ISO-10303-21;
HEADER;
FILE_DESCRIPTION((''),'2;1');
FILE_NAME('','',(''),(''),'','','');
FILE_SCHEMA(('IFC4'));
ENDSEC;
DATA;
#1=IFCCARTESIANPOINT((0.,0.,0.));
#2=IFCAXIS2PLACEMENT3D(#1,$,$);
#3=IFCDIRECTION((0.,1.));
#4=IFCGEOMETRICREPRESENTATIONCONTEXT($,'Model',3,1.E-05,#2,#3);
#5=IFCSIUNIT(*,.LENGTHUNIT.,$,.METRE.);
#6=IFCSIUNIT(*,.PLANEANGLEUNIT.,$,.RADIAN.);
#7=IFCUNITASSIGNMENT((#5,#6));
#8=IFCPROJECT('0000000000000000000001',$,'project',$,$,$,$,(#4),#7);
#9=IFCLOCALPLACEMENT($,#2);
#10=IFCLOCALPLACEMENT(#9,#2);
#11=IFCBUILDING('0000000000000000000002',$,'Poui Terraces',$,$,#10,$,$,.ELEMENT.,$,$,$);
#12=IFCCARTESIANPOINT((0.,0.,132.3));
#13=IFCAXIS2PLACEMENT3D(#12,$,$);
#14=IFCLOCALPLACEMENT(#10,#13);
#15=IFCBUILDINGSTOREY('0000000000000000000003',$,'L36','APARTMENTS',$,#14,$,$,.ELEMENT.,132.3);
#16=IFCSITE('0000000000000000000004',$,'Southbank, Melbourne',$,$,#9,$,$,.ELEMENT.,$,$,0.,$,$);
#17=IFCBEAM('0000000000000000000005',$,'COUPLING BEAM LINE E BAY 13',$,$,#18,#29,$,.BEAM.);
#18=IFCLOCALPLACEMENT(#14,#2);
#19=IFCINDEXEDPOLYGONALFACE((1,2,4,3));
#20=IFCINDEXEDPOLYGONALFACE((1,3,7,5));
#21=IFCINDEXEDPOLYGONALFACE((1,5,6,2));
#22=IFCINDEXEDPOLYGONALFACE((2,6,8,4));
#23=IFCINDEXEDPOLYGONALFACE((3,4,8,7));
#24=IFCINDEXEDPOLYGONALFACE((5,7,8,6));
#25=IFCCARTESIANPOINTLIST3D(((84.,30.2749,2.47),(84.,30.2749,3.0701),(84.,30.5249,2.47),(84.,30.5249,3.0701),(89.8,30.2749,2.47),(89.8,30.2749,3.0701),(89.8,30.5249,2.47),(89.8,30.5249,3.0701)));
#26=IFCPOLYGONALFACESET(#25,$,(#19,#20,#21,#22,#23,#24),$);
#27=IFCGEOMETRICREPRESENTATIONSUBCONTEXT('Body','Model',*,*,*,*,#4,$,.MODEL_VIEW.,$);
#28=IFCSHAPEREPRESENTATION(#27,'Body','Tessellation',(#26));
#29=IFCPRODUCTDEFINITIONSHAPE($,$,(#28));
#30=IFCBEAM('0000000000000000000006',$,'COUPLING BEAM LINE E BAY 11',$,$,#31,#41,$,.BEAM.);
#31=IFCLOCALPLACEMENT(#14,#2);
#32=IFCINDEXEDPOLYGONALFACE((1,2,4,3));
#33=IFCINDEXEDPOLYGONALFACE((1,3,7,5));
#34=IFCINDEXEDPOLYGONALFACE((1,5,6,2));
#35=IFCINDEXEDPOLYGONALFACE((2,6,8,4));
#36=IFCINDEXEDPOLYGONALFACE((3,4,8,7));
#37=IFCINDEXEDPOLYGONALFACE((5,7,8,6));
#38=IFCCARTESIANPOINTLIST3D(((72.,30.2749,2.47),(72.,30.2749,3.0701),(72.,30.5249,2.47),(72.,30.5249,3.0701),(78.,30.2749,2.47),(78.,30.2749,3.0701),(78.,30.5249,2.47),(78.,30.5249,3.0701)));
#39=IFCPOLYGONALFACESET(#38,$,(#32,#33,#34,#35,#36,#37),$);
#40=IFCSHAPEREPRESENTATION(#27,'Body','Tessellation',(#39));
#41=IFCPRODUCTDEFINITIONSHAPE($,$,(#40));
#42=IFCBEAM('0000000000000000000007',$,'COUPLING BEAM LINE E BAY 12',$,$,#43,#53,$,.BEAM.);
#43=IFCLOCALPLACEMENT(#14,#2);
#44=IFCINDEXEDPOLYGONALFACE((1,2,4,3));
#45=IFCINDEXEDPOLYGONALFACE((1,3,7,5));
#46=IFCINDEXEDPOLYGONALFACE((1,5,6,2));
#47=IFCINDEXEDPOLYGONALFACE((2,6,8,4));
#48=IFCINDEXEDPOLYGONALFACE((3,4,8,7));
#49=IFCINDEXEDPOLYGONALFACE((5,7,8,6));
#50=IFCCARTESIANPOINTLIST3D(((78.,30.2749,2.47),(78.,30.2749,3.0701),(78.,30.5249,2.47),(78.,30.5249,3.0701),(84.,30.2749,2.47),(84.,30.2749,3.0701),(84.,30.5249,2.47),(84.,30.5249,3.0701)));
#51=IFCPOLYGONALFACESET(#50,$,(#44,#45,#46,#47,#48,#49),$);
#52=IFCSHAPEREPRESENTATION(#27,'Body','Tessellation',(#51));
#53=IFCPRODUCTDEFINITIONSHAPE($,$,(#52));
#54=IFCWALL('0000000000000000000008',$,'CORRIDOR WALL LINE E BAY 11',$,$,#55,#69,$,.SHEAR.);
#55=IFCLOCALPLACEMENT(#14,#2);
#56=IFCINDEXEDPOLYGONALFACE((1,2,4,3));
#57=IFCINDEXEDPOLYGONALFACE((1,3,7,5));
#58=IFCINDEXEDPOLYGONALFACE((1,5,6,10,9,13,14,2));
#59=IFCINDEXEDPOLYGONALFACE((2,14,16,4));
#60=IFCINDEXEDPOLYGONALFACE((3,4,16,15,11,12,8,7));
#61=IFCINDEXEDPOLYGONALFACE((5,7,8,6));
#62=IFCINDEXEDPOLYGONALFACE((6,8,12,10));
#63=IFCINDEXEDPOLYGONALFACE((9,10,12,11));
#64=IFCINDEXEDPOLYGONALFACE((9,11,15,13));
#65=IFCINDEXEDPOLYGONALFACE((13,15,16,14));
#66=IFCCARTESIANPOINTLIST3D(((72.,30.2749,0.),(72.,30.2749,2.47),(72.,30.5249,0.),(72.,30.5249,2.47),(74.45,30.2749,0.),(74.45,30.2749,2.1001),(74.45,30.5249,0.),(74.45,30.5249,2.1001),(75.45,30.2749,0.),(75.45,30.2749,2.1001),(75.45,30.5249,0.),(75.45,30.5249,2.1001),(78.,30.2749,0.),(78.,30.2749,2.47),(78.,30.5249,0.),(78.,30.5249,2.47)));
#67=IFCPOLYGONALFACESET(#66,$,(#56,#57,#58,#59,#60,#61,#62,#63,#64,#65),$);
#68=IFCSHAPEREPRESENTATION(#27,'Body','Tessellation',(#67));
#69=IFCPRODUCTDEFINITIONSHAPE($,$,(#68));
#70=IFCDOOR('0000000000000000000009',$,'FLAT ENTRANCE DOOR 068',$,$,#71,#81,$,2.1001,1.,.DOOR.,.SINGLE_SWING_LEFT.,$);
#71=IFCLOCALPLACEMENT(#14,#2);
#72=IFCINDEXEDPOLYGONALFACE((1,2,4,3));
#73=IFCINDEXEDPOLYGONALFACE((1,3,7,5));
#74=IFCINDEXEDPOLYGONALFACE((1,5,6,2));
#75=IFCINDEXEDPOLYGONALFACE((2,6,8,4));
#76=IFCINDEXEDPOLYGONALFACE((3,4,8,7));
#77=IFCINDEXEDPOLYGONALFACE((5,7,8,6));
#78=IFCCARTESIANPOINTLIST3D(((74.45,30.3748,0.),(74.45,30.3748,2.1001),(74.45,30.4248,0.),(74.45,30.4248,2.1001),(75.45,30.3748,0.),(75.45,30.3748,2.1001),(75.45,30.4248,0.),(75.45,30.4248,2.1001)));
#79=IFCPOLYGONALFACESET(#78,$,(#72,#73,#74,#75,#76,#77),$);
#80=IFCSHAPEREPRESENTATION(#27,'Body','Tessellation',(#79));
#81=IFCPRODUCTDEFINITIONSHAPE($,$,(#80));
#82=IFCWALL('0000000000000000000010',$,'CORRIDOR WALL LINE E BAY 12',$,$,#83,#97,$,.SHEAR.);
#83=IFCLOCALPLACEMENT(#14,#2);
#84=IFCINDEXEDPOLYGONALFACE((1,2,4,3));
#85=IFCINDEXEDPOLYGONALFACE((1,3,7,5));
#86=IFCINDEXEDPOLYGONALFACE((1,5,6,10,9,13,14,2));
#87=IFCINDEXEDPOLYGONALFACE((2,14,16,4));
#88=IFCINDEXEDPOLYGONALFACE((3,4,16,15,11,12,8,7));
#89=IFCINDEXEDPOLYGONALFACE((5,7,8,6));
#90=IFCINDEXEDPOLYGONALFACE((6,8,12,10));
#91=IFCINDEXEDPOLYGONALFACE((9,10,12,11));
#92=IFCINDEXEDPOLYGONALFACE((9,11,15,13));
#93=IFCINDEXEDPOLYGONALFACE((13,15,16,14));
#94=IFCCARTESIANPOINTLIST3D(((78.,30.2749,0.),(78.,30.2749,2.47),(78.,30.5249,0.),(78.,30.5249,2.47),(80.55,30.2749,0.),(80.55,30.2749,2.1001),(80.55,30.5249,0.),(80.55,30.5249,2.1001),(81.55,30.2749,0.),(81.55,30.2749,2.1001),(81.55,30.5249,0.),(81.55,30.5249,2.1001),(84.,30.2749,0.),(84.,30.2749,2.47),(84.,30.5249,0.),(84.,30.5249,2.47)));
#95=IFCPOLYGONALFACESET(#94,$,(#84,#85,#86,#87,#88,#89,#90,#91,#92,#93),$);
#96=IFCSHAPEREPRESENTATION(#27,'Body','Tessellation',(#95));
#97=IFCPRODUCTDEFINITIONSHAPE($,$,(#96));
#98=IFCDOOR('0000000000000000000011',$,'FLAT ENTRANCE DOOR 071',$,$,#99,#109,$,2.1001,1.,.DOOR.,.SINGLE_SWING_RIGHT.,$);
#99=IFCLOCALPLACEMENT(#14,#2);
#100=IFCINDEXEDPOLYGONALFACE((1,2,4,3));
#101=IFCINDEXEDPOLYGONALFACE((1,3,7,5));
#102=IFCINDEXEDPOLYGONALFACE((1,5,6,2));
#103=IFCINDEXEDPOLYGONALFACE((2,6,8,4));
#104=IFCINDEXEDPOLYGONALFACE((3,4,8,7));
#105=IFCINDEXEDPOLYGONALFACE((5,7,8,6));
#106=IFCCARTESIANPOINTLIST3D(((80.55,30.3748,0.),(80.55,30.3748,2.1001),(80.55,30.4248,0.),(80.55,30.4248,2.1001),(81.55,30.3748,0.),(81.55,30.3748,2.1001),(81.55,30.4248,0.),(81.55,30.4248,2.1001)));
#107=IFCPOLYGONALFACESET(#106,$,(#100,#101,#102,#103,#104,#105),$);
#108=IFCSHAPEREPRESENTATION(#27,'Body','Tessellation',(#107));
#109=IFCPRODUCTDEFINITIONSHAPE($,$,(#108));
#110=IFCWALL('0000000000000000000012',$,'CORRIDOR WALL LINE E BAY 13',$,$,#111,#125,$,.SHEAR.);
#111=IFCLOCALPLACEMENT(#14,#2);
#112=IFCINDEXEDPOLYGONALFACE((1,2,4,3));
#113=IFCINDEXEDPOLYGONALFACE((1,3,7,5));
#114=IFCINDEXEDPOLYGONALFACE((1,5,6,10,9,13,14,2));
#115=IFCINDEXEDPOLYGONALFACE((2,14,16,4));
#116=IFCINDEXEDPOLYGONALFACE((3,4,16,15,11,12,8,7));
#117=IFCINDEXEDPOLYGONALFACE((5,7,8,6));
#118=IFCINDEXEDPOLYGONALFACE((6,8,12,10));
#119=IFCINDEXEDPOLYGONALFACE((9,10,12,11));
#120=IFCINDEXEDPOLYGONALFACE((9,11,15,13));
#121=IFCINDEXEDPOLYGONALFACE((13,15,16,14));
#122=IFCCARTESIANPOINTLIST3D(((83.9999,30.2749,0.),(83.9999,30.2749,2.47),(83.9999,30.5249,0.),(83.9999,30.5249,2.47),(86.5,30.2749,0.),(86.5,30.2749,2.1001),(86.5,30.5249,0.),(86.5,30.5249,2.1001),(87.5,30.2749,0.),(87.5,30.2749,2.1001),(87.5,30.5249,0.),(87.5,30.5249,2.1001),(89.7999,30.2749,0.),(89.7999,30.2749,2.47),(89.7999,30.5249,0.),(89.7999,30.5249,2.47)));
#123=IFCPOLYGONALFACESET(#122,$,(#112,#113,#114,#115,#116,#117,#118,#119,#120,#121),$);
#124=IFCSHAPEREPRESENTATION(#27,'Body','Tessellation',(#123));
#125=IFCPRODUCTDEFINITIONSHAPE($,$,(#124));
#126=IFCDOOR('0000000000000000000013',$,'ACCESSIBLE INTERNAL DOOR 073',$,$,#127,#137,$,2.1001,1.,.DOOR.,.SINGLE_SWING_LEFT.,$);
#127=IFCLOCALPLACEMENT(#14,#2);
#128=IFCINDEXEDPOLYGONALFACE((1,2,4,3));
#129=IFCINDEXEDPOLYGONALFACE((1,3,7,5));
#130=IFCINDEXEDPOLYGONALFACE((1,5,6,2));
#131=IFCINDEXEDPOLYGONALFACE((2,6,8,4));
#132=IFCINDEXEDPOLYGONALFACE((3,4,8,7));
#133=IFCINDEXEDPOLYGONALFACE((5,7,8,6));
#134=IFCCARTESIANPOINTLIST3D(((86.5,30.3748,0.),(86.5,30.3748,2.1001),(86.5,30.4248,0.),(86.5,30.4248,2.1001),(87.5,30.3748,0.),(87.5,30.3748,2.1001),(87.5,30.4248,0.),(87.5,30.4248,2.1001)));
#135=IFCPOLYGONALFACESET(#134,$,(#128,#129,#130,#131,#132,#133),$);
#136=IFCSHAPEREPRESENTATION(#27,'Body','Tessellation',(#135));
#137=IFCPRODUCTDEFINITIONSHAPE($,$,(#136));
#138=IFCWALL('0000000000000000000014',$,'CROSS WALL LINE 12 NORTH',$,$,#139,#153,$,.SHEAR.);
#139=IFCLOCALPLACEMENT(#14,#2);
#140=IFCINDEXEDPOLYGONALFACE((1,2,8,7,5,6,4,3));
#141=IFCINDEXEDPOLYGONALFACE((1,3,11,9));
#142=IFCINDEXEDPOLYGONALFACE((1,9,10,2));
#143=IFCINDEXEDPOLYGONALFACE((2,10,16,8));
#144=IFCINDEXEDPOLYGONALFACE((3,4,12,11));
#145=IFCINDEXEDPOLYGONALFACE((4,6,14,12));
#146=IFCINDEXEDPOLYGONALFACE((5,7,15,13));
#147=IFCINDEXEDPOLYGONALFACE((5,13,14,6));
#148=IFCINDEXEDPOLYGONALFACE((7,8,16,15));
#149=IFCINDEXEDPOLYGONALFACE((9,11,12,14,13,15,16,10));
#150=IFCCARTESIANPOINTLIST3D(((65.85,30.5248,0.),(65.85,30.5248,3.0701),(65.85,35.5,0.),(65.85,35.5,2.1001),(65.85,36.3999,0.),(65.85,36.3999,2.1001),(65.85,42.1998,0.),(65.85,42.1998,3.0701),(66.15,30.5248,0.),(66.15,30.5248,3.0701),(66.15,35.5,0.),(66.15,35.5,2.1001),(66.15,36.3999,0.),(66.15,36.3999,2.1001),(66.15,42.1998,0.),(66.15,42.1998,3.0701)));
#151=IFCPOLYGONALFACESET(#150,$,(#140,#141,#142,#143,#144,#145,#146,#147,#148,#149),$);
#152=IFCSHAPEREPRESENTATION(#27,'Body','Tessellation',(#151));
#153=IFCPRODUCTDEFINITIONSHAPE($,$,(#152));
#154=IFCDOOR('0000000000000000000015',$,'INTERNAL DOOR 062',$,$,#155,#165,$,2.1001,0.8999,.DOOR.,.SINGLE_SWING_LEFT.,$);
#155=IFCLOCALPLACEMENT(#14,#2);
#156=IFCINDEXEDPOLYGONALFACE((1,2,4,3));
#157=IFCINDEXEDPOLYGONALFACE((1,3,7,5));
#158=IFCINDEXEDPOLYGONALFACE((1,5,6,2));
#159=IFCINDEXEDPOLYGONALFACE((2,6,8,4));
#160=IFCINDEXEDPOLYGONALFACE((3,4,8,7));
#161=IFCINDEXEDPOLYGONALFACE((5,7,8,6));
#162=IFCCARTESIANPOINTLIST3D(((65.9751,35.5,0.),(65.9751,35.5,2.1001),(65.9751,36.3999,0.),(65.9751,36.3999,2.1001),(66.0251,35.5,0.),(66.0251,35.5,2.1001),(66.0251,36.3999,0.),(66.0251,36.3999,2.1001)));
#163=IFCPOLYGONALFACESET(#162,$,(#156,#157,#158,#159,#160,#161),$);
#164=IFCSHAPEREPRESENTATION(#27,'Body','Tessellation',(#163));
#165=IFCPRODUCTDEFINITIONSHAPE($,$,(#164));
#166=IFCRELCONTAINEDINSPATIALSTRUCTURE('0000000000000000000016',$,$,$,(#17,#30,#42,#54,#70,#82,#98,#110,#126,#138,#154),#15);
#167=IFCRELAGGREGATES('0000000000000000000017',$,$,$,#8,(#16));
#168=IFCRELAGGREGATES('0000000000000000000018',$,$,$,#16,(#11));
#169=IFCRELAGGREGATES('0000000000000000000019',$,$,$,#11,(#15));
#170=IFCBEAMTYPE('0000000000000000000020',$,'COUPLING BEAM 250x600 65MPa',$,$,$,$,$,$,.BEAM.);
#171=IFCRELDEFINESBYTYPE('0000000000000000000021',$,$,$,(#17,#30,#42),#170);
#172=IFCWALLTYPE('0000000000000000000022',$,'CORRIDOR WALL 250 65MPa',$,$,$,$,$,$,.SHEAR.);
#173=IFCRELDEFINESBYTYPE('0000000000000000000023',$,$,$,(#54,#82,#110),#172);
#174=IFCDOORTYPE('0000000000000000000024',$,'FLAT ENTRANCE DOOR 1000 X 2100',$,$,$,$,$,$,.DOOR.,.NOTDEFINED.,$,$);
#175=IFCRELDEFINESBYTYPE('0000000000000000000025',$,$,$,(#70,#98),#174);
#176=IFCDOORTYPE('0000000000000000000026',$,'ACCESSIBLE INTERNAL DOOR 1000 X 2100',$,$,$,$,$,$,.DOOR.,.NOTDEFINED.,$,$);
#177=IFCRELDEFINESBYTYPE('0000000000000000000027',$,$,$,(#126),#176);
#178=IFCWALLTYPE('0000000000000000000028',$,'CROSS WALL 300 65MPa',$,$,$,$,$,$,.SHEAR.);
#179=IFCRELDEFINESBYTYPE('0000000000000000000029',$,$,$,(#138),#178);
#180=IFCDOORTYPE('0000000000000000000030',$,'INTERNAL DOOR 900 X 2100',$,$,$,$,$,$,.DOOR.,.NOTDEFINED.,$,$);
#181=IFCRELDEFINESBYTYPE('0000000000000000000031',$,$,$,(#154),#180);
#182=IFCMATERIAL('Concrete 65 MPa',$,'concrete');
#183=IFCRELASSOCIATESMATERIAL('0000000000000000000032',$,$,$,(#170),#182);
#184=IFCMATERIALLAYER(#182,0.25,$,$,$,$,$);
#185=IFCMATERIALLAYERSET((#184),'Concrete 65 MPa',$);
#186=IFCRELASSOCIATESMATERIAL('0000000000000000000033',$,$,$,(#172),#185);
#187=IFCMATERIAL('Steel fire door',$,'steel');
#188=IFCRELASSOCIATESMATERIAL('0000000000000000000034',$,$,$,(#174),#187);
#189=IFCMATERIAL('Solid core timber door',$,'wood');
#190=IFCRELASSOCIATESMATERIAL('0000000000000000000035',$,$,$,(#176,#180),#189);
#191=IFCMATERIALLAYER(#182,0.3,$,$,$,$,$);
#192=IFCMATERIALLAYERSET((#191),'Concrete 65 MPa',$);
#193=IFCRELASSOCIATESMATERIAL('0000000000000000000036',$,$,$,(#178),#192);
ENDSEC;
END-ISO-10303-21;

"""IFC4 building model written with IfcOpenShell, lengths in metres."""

from ifc_helpers import new_model, si_unit, direction, frame, frame_2d, origin, origin_2d, place, context, subcontext, project, spatial, rectangle, extrude, source, transform, mapped, material, layer, layer_set, material_profile, profile_set, type_object, element, fill, save


model = new_model("IFC4")

# Units and contexts
model_context = context("Model", 3, precision=1e-05, world=origin(), true_north=direction((0.0, 1.0)))
body_context = subcontext(model_context, "Body", "Model", "MODEL_VIEW")
ifc_project = project(units=[si_unit("LENGTHUNIT", "METRE"), si_unit("PLANEANGLEUNIT", "RADIAN")], contexts=[model_context])

# Site, building, storey
site_placement = place(None, origin())
site = spatial("IfcSite", under=ifc_project, at=site_placement, Name="Southbank, Melbourne", CompositionType="ELEMENT", RefElevation=0.0)
building_placement = place(site_placement, origin())
building = spatial("IfcBuilding", under=site, at=building_placement, Name="Poui Terraces", CompositionType="ELEMENT")
storey_placement = place(building_placement, frame((0.0, 0.0, 132.3)))
storey = spatial("IfcBuildingStorey", under=building, at=storey_placement, Name="L36", Description="APARTMENTS", CompositionType="ELEMENT", Elevation=132.3)

# Beams
ifc_material_1 = material(Name="Concrete 65 MPa", Category="concrete")
ifc_material_profile = material_profile(ifc_material_1, rectangle(XDim=0.25, YDim=0.6001, at=origin_2d()), Name="RC 250x600")
ifc_profile_set = profile_set([ifc_material_profile], Name="Concrete 65 MPa")
beam_type = type_object("IfcBeamType", Name="COUPLING BEAM 250x600 65MPa", PredefinedType="BEAM", material=ifc_profile_set)
shared_shape_1 = source(origin(), body_context, "Body", "SweptSolid", [
    extrude(rectangle(XDim=0.25, YDim=0.6001, at=origin_2d()), origin(), (0.0, 0.0, 1.0), 5.8),
])
beam_placement = place(storey_placement, frame((84.0, 30.3999, 2.77), z_axis=(1.0, 0.0, 0.0), x_axis=(0.0, 1.0, 0.0)))
element("IfcBeam", 1, at=beam_placement, inside=storey, type_object=beam_type, Name="COUPLING BEAM LINE E BAY 13", PredefinedType="BEAM", context=body_context, shape_type="MappedRepresentation", body=[
    mapped(shared_shape_1, transform((0.0, 0.0, 0.0))),
])
shared_shape_2 = source(origin(), body_context, "Body", "SweptSolid", [
    extrude(rectangle(XDim=0.25, YDim=0.6001, at=origin_2d()), origin(), (0.0, 0.0, 1.0), 6.0),
])
for number, where, z_axis, x_axis, name in (
    (2, (72.0, 30.3999, 2.77), (1.0, 0.0, 0.0), (0.0, 1.0, 0.0), "COUPLING BEAM LINE E BAY 11"),
    (3, (78.0, 30.3999, 2.77), (1.0, 0.0, 0.0), (0.0, 1.0, 0.0), "COUPLING BEAM LINE E BAY 12"),
):
    element("IfcBeam", number, at=place(storey_placement, frame(where, z_axis=z_axis, x_axis=x_axis)), inside=storey, type_object=beam_type, Name=name, PredefinedType="BEAM", context=body_context, shape_type="MappedRepresentation", body=[
        mapped(shared_shape_2, transform((0.0, 0.0, 0.0))),
    ])

# Walls, openings, doors
ifc_layer_1 = layer(ifc_material_1, 0.25)
ifc_layer_set_1 = layer_set([ifc_layer_1], Name="Concrete 65 MPa")
wall_type_1 = type_object("IfcWallType", Name="CORRIDOR WALL 250 65MPa", PredefinedType="SHEAR", material=ifc_layer_set_1)
wall_1_placement = place(storey_placement, frame((72.0, 30.3999, 0.0), z_axis=(0.0, 0.0, 1.0), x_axis=(1.0, 0.0, 0.0)))
wall_1 = element("IfcWall", 4, at=wall_1_placement, inside=storey, type_object=wall_type_1, Name="CORRIDOR WALL LINE E BAY 11", PredefinedType="SHEAR", context=body_context, shape_type="SweptSolid", body=[
    extrude(rectangle(XDim=6.0, YDim=0.25, at=frame_2d((3.0, 0.0))), origin(), (0.0, 0.0, 1.0), 2.47),
])
opening_1_placement = place(wall_1_placement, frame((2.45, 0.0, 0.0)))
opening_1 = element("IfcOpeningElement", 5, at=opening_1_placement, cuts=wall_1, PredefinedType="OPENING", context=body_context, shape_type="SweptSolid", body=[
    extrude(rectangle(XDim=1.0, YDim=2.1001, at=frame_2d((0.5, 1.05))), frame((0.0, 0.135, 0.0), z_axis=(0.0, -1.0, 0.0), x_axis=(1.0, 0.0, 0.0)), (0.0, 0.0, 1.0), 0.27),
])
ifc_material_2 = material(Name="Steel fire door", Category="steel")
door_type_1 = type_object("IfcDoorType", Name="FLAT ENTRANCE DOOR 1000 X 2100", OperationType="NOTDEFINED", PredefinedType="DOOR", material=ifc_material_2)
door_1_placement = place(opening_1_placement, origin())
door_1 = element("IfcDoor", 6, at=door_1_placement, inside=storey, type_object=door_type_1, Name="FLAT ENTRANCE DOOR 068", OperationType="SINGLE_SWING_LEFT", OverallHeight=2.1001, OverallWidth=1.0, PredefinedType="DOOR", context=body_context, shape_type="SweptSolid", body=[
    extrude(rectangle(XDim=1.0, YDim=2.1001, at=frame_2d((0.5, 1.05))), frame((0.0, 0.0249, 0.0), z_axis=(0.0, -1.0, 0.0), x_axis=(1.0, 0.0, 0.0)), (0.0, 0.0, 1.0), 0.05),
])
fill(opening_1, door_1)
wall_2_placement = place(storey_placement, frame((78.0, 30.3999, 0.0), z_axis=(0.0, 0.0, 1.0), x_axis=(1.0, 0.0, 0.0)))
wall_2 = element("IfcWall", 7, at=wall_2_placement, inside=storey, type_object=wall_type_1, Name="CORRIDOR WALL LINE E BAY 12", PredefinedType="SHEAR", context=body_context, shape_type="SweptSolid", body=[
    extrude(rectangle(XDim=6.0, YDim=0.25, at=frame_2d((3.0, 0.0))), origin(), (0.0, 0.0, 1.0), 2.47),
])
opening_2_placement = place(wall_2_placement, frame((2.55, 0.0, 0.0)))
opening_2 = element("IfcOpeningElement", 8, at=opening_2_placement, cuts=wall_2, PredefinedType="OPENING", context=body_context, shape_type="SweptSolid", body=[
    extrude(rectangle(XDim=1.0, YDim=2.1001, at=frame_2d((0.5, 1.05))), frame((0.0, 0.135, 0.0), z_axis=(0.0, -1.0, 0.0), x_axis=(1.0, 0.0, 0.0)), (0.0, 0.0, 1.0), 0.27),
])
door_2_placement = place(opening_2_placement, origin())
door_2 = element("IfcDoor", 9, at=door_2_placement, inside=storey, type_object=door_type_1, Name="FLAT ENTRANCE DOOR 071", OperationType="SINGLE_SWING_RIGHT", OverallHeight=2.1001, OverallWidth=1.0, PredefinedType="DOOR", context=body_context, shape_type="SweptSolid", body=[
    extrude(rectangle(XDim=1.0, YDim=2.1001, at=frame_2d((0.5, 1.05))), frame((0.0, 0.0249, 0.0), z_axis=(0.0, -1.0, 0.0), x_axis=(1.0, 0.0, 0.0)), (0.0, 0.0, 1.0), 0.05),
])
fill(opening_2, door_2)
wall_3_placement = place(storey_placement, frame((84.0, 30.3999, 0.0), z_axis=(0.0, 0.0, 1.0), x_axis=(1.0, 0.0, 0.0)))
wall_3 = element("IfcWall", 10, at=wall_3_placement, inside=storey, type_object=wall_type_1, Name="CORRIDOR WALL LINE E BAY 13", PredefinedType="SHEAR", context=body_context, shape_type="SweptSolid", body=[
    extrude(rectangle(XDim=5.8, YDim=0.25, at=frame_2d((2.8999, 0.0))), origin(), (0.0, 0.0, 1.0), 2.47),
])
opening_3_placement = place(wall_3_placement, frame((2.5, 0.0, 0.0)))
opening_3 = element("IfcOpeningElement", 11, at=opening_3_placement, cuts=wall_3, PredefinedType="OPENING", context=body_context, shape_type="SweptSolid", body=[
    extrude(rectangle(XDim=1.0, YDim=2.1001, at=frame_2d((0.5, 1.05))), frame((0.0, 0.135, 0.0), z_axis=(0.0, -1.0, 0.0), x_axis=(1.0, 0.0, 0.0)), (0.0, 0.0, 1.0), 0.27),
])
ifc_material_3 = material(Name="Solid core timber door", Category="wood")
door_type_2 = type_object("IfcDoorType", Name="ACCESSIBLE INTERNAL DOOR 1000 X 2100", OperationType="NOTDEFINED", PredefinedType="DOOR", material=ifc_material_3)
door_3_placement = place(opening_3_placement, origin())
door_3 = element("IfcDoor", 12, at=door_3_placement, inside=storey, type_object=door_type_2, Name="ACCESSIBLE INTERNAL DOOR 073", OperationType="SINGLE_SWING_LEFT", OverallHeight=2.1001, OverallWidth=1.0, PredefinedType="DOOR", context=body_context, shape_type="SweptSolid", body=[
    extrude(rectangle(XDim=1.0, YDim=2.1001, at=frame_2d((0.5, 1.05))), frame((0.0, 0.0249, 0.0), z_axis=(0.0, -1.0, 0.0), x_axis=(1.0, 0.0, 0.0)), (0.0, 0.0, 1.0), 0.05),
])
fill(opening_3, door_3)
ifc_layer_2 = layer(ifc_material_1, 0.3)
ifc_layer_set_2 = layer_set([ifc_layer_2], Name="Concrete 65 MPa")
wall_type_2 = type_object("IfcWallType", Name="CROSS WALL 300 65MPa", PredefinedType="SHEAR", material=ifc_layer_set_2)
wall_4_placement = place(storey_placement, frame((66.0, 30.5249, 0.0), z_axis=(0.0, 0.0, 1.0), x_axis=(0.0, 1.0, 0.0)))
wall_4 = element("IfcWall", 13, at=wall_4_placement, inside=storey, type_object=wall_type_2, Name="CROSS WALL LINE 12 NORTH", PredefinedType="SHEAR", context=body_context, shape_type="SweptSolid", body=[
    extrude(rectangle(XDim=11.675, YDim=0.3, at=frame_2d((5.8374, 0.0))), origin(), (0.0, 0.0, 1.0), 3.0701),
])
opening_4_placement = place(wall_4_placement, frame((4.9751, 0.0, 0.0)))
opening_4 = element("IfcOpeningElement", 14, at=opening_4_placement, cuts=wall_4, PredefinedType="OPENING", context=body_context, shape_type="SweptSolid", body=[
    extrude(rectangle(XDim=0.8999, YDim=2.1001, at=frame_2d((0.45, 1.05))), frame((0.0, 0.1602, 0.0), z_axis=(0.0, -1.0, 0.0), x_axis=(1.0, 0.0, 0.0)), (0.0, 0.0, 1.0), 0.3201),
])
door_type_3 = type_object("IfcDoorType", Name="INTERNAL DOOR 900 X 2100", OperationType="NOTDEFINED", PredefinedType="DOOR", material=ifc_material_3)
door_4_placement = place(opening_4_placement, origin())
door_4 = element("IfcDoor", 15, at=door_4_placement, inside=storey, type_object=door_type_3, Name="INTERNAL DOOR 062", OperationType="SINGLE_SWING_LEFT", OverallHeight=2.1001, OverallWidth=0.8999, PredefinedType="DOOR", context=body_context, shape_type="SweptSolid", body=[
    extrude(rectangle(XDim=0.8999, YDim=2.1001, at=frame_2d((0.45, 1.05))), frame((0.0, 0.0249, 0.0), z_axis=(0.0, -1.0, 0.0), x_axis=(1.0, 0.0, 0.0)), (0.0, 0.0, 1.0), 0.05),
])
fill(opening_4, door_4)

save(model, "model.ifc")
